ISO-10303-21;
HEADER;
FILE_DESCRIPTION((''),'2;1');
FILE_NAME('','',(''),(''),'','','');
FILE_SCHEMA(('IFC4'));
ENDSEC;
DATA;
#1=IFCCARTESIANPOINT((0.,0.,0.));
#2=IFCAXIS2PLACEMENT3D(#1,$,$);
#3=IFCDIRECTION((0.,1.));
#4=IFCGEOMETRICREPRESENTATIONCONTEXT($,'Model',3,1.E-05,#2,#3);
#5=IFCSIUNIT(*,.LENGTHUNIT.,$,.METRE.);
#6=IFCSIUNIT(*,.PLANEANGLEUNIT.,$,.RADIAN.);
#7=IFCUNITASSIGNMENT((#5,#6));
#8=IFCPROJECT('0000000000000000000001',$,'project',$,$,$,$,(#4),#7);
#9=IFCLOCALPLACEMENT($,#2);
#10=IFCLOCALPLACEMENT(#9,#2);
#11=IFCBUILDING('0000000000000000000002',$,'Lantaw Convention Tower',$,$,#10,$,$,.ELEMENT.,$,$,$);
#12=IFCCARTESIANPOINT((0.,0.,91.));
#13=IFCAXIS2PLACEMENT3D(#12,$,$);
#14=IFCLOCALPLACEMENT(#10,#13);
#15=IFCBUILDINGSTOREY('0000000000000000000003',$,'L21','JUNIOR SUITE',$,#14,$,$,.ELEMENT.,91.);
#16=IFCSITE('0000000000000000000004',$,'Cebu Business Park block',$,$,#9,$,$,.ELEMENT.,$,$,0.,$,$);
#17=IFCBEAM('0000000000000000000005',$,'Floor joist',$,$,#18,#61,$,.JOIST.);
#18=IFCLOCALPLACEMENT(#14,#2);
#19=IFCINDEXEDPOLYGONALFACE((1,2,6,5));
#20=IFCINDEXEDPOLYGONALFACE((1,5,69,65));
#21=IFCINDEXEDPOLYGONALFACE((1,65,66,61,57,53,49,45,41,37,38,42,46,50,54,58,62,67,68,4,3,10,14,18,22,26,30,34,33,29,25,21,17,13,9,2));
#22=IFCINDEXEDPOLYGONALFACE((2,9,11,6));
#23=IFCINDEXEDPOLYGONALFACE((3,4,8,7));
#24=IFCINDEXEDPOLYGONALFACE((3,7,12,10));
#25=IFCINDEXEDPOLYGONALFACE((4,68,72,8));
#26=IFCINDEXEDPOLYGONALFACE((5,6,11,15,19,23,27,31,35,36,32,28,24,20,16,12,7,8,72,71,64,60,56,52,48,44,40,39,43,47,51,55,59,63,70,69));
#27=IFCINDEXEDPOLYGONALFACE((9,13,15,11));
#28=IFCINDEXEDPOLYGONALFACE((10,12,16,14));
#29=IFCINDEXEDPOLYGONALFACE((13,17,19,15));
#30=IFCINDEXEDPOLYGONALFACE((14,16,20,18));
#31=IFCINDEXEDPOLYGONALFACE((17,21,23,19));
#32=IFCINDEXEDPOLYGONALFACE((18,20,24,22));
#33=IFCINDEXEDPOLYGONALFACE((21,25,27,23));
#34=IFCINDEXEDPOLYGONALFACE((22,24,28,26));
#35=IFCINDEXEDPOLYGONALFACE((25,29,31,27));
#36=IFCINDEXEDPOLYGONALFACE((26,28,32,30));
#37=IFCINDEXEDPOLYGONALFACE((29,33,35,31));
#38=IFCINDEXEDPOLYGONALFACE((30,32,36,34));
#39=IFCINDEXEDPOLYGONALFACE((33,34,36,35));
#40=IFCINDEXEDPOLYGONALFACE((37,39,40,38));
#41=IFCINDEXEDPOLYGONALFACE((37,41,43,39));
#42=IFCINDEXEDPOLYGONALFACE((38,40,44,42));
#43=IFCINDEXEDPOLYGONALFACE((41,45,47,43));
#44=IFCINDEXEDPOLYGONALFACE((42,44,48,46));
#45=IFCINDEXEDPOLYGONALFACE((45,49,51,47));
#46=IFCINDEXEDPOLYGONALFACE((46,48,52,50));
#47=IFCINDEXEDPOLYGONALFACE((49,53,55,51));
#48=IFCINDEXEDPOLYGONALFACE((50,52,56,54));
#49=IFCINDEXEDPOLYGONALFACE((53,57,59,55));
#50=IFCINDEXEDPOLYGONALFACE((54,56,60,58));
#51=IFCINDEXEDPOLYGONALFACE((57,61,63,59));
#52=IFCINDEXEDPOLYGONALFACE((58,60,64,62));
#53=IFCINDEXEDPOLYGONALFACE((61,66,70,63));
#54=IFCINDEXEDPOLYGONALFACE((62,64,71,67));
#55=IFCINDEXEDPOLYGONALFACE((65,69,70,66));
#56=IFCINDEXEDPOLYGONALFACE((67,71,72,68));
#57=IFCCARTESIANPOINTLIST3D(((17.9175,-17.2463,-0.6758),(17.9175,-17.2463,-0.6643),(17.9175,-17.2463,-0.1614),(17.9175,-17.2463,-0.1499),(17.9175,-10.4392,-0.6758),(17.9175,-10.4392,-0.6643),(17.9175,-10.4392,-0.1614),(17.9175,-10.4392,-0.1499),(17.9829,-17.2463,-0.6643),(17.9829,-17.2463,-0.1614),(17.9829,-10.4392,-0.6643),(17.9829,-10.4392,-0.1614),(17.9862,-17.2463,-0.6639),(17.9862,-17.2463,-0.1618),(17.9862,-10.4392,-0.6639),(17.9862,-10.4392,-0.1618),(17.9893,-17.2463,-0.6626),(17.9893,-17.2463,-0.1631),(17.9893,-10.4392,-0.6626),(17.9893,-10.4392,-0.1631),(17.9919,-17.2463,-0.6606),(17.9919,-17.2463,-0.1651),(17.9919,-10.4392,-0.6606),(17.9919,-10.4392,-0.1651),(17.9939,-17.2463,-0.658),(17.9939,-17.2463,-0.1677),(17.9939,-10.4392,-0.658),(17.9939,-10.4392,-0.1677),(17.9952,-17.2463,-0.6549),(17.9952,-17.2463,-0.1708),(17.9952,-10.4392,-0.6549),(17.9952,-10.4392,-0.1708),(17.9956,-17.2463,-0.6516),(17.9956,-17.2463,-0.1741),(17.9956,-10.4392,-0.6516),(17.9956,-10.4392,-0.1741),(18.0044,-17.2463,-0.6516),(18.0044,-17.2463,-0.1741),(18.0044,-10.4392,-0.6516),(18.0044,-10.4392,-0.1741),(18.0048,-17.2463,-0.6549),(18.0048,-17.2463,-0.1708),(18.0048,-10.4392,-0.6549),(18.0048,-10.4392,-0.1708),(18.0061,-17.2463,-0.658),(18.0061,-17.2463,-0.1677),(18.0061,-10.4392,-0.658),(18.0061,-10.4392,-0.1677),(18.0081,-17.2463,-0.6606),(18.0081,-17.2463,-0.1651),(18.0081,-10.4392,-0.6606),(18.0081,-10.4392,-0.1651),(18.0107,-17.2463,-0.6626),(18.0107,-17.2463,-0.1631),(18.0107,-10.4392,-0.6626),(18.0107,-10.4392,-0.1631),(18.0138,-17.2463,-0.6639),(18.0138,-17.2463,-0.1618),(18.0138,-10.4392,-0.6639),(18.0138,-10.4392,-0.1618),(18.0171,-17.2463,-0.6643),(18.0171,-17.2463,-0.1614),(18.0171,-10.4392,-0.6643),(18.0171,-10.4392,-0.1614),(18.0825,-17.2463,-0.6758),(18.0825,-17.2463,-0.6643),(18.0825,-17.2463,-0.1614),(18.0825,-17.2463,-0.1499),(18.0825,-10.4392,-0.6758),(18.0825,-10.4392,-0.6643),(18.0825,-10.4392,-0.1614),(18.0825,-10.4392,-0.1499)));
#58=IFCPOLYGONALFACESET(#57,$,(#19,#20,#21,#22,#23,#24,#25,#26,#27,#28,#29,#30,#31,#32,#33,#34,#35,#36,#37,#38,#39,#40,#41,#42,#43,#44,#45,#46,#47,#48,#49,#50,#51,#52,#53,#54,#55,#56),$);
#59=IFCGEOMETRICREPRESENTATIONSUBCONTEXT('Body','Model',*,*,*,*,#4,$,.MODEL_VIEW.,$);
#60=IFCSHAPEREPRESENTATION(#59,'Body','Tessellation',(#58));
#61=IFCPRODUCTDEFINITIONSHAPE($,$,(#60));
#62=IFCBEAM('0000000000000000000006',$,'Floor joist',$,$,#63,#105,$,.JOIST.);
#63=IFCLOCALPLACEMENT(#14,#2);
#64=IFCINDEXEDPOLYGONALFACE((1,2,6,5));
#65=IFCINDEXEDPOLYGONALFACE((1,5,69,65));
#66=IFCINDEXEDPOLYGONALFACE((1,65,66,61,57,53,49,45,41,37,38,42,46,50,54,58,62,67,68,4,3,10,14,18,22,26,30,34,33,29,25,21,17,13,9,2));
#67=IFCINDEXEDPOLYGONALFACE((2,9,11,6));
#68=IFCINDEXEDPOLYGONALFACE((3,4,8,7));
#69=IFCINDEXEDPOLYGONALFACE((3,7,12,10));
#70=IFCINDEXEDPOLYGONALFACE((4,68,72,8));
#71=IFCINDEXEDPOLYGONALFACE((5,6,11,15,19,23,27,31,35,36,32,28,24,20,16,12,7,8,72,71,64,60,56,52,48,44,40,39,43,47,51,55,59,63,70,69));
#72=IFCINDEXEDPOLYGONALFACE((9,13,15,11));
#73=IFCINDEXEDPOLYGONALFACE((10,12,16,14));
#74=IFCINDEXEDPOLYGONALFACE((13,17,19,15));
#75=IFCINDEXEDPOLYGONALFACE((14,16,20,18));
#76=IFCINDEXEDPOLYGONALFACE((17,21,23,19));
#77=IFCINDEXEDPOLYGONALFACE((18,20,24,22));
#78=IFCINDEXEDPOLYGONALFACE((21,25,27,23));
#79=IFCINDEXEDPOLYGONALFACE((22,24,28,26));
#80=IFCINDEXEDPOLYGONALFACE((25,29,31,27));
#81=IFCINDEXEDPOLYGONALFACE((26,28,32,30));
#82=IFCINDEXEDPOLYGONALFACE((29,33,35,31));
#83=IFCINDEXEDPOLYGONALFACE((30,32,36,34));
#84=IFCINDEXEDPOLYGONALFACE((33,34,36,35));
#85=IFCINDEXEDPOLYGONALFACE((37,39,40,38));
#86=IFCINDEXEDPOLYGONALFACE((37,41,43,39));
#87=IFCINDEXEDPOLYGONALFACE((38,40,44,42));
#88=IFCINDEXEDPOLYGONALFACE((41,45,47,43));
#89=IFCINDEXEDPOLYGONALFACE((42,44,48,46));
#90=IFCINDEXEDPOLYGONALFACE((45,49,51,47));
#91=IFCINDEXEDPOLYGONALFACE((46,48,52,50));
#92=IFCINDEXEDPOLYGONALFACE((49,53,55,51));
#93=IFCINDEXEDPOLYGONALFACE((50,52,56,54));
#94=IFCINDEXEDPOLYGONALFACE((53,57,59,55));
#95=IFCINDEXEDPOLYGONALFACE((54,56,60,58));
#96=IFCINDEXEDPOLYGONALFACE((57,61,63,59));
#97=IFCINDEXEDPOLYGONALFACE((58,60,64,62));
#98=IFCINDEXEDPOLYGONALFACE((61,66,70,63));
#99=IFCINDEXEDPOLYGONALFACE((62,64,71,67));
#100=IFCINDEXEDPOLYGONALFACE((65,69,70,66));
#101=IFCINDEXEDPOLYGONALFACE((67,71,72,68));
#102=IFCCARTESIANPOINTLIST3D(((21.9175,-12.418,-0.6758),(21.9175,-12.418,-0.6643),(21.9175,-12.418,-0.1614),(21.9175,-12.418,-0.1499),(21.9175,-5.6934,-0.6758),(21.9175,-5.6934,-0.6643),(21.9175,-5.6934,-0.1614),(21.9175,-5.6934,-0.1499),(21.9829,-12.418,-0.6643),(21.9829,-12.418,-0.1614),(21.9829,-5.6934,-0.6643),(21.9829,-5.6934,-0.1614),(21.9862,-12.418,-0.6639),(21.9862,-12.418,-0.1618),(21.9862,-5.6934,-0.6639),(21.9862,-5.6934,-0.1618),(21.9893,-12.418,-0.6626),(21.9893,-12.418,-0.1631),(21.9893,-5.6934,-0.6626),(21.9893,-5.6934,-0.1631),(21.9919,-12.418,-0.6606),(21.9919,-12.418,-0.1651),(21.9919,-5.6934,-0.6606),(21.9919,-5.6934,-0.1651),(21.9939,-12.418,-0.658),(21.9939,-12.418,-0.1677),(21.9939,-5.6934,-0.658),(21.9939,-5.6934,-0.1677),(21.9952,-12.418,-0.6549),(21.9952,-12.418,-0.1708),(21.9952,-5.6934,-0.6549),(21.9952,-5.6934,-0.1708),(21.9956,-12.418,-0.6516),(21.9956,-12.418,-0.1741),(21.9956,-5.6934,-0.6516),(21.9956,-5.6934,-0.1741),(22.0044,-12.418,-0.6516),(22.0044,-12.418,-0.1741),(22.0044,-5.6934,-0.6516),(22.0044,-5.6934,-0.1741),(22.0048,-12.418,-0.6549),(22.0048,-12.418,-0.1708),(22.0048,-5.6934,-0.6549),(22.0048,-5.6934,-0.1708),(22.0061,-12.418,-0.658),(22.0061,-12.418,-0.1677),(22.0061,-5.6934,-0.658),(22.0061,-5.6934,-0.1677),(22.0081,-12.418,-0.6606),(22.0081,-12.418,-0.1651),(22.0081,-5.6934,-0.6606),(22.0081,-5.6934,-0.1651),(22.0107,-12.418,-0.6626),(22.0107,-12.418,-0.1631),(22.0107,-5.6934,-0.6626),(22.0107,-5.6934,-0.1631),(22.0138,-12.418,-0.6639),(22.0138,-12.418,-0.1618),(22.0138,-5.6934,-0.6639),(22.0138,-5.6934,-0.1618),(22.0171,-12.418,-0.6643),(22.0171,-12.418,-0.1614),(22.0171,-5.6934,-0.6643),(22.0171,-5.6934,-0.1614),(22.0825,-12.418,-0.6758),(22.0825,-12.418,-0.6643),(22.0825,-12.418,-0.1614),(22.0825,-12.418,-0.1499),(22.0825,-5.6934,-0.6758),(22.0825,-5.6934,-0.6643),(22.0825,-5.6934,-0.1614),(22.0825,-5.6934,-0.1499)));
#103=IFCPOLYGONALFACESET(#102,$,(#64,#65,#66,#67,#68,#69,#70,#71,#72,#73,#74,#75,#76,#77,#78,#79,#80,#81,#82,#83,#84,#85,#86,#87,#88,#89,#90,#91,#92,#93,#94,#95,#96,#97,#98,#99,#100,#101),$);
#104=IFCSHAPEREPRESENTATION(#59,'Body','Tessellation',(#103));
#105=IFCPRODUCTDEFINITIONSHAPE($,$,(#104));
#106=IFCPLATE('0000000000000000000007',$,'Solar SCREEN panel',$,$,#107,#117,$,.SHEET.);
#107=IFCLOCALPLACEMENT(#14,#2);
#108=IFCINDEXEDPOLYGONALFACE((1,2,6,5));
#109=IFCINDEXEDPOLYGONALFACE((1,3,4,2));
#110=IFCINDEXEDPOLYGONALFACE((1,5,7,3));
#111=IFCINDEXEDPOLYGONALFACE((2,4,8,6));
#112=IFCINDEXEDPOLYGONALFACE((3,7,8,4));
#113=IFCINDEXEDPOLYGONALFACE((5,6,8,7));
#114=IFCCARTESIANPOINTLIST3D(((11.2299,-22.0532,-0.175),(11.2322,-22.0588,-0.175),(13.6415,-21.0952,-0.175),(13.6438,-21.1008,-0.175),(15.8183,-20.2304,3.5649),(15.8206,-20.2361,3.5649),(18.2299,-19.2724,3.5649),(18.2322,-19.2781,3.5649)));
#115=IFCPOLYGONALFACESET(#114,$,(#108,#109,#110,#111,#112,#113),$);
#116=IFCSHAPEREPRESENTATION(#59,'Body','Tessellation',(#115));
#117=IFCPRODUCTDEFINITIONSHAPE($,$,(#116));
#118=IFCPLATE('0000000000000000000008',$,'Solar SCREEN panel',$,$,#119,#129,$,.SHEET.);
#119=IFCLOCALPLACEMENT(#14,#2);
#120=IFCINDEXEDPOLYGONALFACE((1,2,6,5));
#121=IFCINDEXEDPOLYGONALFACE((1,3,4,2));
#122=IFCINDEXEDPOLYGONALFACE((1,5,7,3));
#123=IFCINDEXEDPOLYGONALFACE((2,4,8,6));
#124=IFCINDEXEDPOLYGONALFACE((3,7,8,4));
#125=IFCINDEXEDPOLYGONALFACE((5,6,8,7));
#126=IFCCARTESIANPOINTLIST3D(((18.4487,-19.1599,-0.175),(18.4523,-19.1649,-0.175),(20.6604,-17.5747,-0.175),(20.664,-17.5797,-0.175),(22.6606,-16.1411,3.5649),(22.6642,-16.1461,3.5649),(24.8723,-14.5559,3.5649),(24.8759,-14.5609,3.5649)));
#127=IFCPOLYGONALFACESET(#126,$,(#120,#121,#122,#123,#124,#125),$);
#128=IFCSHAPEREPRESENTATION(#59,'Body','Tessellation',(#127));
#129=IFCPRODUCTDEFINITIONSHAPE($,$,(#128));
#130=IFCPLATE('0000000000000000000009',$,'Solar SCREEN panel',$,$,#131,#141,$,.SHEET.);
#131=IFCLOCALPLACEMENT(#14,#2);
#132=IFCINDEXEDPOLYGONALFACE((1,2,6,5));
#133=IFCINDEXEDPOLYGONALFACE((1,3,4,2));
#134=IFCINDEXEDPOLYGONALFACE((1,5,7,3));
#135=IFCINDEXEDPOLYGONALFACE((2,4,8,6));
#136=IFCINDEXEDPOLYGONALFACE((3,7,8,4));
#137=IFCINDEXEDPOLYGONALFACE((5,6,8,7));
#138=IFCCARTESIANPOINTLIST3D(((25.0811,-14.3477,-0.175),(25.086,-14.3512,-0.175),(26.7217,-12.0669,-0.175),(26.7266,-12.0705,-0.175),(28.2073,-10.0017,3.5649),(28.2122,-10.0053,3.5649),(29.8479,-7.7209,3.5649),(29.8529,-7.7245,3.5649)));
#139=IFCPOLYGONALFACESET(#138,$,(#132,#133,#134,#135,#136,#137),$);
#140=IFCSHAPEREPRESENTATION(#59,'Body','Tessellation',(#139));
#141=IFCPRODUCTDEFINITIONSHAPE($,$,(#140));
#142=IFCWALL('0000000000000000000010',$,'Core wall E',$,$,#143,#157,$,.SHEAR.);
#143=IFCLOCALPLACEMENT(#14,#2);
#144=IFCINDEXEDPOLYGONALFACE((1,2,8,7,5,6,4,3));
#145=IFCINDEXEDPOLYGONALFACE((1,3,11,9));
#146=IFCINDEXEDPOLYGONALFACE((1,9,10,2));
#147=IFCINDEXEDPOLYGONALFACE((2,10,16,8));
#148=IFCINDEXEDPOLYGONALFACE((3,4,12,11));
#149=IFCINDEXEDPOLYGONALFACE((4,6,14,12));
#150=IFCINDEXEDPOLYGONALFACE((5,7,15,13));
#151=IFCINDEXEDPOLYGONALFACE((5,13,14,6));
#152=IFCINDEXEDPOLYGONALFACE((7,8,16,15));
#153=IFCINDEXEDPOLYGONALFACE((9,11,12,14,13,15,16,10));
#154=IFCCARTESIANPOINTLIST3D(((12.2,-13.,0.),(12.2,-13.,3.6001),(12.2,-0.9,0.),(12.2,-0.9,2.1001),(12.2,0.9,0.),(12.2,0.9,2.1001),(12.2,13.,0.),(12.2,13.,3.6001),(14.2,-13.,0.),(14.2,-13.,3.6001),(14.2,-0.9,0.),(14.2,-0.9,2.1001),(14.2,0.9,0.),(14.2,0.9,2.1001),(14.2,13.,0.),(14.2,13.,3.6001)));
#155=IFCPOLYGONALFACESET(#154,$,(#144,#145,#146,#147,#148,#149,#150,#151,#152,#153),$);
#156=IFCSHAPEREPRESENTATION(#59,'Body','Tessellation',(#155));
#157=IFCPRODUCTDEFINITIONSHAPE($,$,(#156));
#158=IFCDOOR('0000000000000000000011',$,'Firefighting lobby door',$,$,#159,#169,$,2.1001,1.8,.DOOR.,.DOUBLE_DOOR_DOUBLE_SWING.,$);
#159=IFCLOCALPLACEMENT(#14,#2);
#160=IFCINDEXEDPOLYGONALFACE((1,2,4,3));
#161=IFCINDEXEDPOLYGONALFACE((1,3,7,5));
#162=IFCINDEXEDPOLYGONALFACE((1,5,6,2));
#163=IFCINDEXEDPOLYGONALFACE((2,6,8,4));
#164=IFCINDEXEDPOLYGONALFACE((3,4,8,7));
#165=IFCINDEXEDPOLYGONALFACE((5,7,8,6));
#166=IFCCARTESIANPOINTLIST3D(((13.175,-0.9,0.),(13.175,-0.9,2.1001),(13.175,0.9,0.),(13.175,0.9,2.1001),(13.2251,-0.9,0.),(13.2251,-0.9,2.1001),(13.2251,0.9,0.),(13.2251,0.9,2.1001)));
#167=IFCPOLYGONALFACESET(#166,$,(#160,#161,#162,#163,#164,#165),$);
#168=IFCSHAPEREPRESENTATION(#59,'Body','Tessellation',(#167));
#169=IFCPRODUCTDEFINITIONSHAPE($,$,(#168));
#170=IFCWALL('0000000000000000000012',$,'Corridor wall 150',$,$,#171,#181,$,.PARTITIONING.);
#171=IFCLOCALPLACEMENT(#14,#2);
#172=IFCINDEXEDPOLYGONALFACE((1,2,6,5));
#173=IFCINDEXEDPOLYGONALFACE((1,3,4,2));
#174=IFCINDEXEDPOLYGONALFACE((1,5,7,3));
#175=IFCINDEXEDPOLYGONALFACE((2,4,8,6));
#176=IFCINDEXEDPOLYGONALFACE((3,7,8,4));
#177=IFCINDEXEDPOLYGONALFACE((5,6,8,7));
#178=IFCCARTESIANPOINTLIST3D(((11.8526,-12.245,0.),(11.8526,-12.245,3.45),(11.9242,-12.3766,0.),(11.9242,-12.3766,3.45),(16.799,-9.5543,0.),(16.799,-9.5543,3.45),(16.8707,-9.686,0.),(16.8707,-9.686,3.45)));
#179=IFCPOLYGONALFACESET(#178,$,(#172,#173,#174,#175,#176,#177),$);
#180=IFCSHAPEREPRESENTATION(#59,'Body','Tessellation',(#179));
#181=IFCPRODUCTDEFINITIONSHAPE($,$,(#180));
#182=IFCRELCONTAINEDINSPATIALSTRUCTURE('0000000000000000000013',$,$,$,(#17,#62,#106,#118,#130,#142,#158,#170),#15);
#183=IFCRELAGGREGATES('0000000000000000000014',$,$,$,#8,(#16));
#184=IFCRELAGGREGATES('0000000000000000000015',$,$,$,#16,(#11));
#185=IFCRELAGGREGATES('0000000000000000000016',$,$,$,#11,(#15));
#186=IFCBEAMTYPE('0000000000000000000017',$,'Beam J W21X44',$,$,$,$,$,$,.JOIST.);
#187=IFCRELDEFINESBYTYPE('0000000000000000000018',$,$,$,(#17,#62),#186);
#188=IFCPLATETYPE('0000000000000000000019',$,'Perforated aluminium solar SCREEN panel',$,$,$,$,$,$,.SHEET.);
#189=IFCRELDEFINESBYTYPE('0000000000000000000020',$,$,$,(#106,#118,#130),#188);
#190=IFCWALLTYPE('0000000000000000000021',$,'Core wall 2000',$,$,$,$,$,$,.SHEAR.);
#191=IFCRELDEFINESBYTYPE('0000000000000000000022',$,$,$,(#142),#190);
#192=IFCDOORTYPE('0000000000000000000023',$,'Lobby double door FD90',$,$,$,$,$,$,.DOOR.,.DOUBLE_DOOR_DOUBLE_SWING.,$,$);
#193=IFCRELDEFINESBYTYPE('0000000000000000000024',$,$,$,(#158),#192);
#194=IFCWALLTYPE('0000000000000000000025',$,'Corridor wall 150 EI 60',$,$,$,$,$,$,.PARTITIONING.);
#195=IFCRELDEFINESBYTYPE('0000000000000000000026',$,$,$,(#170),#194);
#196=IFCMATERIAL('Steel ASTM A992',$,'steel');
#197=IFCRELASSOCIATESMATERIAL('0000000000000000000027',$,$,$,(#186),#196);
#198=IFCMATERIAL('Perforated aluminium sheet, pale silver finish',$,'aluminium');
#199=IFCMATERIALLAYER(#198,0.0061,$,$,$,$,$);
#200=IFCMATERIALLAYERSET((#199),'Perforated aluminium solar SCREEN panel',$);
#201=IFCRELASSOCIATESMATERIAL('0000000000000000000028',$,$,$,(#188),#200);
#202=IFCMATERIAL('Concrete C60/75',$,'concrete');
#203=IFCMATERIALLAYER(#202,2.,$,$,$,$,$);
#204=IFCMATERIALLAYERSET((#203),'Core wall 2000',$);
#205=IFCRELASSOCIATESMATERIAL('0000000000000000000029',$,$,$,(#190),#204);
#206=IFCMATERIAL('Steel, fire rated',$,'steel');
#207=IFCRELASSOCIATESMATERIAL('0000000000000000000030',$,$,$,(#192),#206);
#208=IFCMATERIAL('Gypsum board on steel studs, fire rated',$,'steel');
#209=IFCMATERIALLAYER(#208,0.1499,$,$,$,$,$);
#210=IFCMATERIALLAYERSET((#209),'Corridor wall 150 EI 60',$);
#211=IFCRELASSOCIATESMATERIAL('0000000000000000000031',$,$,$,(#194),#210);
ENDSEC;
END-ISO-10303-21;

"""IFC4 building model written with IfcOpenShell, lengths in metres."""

from ifc_helpers import new_model, si_unit, direction, frame, frame_2d, origin, origin_2d, place, context, subcontext, project, spatial, polyline, rectangle, i_section, outline, extrude, material, layer, layer_set, material_profile, profile_set, type_object, element, fill, save


model = new_model("IFC4")

# Units and contexts
model_context = context("Model", 3, precision=1e-05, world=origin(), true_north=direction((0.0, 1.0)))
body_context = subcontext(model_context, "Body", "Model", "MODEL_VIEW")
ifc_project = project(units=[si_unit("LENGTHUNIT", "METRE"), si_unit("PLANEANGLEUNIT", "RADIAN")], contexts=[model_context])

# Site, building, storey
site_placement = place(None, origin())
site = spatial("IfcSite", under=ifc_project, at=site_placement, Name="Cebu Business Park block", CompositionType="ELEMENT", RefElevation=0.0)
building_placement = place(site_placement, origin())
building = spatial("IfcBuilding", under=site, at=building_placement, Name="Lantaw Convention Tower", CompositionType="ELEMENT")
storey_placement = place(building_placement, frame((0.0, 0.0, 91.0)))
storey = spatial("IfcBuildingStorey", under=building, at=storey_placement, Name="L21", Description="JUNIOR SUITE", CompositionType="ELEMENT", Elevation=91.0)

# Shared definitions
ifc_material_1 = material(Name="Concrete C60/75", Category="concrete")

# Beams
ifc_material_2 = material(Name="Steel ASTM A992", Category="steel")
ifc_material_profile_1 = material_profile(ifc_material_2, i_section(OverallWidth=0.165, OverallDepth=0.5259, WebThickness=0.0088, FlangeThickness=0.0115, FilletRadius=0.0127, at=origin_2d()), Name="W21X44")
ifc_profile_set_1 = profile_set([ifc_material_profile_1], Name="Steel ASTM A992")
beam_type_1 = type_object("IfcBeamType", Name="Beam J W21X44", PredefinedType="JOIST", material=ifc_profile_set_1)
beam_1_placement = place(storey_placement, frame((18.0, -17.2463, -0.4128), z_axis=(0.0, 1.0, 0.0), x_axis=(-1.0, 0.0, 0.0)))
element("IfcBeam", 1, at=beam_1_placement, inside=storey, type_object=beam_type_1, Name="Floor joist", PredefinedType="JOIST", context=body_context, shape_type="SweptSolid", body=[
    extrude(i_section(OverallWidth=0.165, OverallDepth=0.5259, WebThickness=0.0088, FlangeThickness=0.0115, FilletRadius=0.0127, at=origin_2d()), origin(), (0.0, 0.0, 1.0), 6.8071),
])
beam_2_placement = place(storey_placement, frame((22.0, -12.418, -0.4128), z_axis=(0.0, 1.0, 0.0), x_axis=(-1.0, 0.0, 0.0)))
element("IfcBeam", 2, at=beam_2_placement, inside=storey, type_object=beam_type_1, Name="Floor joist", PredefinedType="JOIST", context=body_context, shape_type="SweptSolid", body=[
    extrude(i_section(OverallWidth=0.165, OverallDepth=0.5259, WebThickness=0.0088, FlangeThickness=0.0115, FilletRadius=0.0127, at=origin_2d()), origin(), (0.0, 0.0, 1.0), 6.7246),
])

# Plates
ifc_material_3 = material(Name="Perforated aluminium sheet, pale silver finish", Category="aluminium")
ifc_layer_1 = layer(ifc_material_3, 0.0061)
ifc_layer_set_1 = layer_set([ifc_layer_1], Name="Perforated aluminium solar SCREEN panel")
plate_type = type_object("IfcPlateType", Name="Perforated aluminium solar SCREEN panel", PredefinedType="SHEET", material=ifc_layer_set_1)
plate_1_placement = place(storey_placement, frame((11.2322, -22.0588, -0.175), z_axis=(0.369184, -0.929357, 0.000009), x_axis=(0.929357, 0.369184, 0.0)))
element("IfcPlate", 3, at=plate_1_placement, inside=storey, type_object=plate_type, Name="Solar SCREEN panel", PredefinedType="SHEET", context=body_context, shape_type="SweptSolid", body=[
    extrude(outline(polyline([(0.0, 0.0), (2.5949, 0.0), (7.5321, 3.74), (4.9372, 3.74), (0.0, 0.0)])), origin(), (0.0, 0.0, -1.0), 0.0061),
])
plate_2_placement = place(storey_placement, frame((18.4487, -19.1599, -0.175), z_axis=(-0.582561, 0.812787, 0.000016), x_axis=(0.812787, 0.582561, 0.0)))
element("IfcPlate", 4, at=plate_2_placement, inside=storey, type_object=plate_type, Name="Solar SCREEN panel", PredefinedType="SHEET", context=body_context, shape_type="SweptSolid", body=[
    extrude(outline(polyline([(0.0, 0.0), (2.7211, 0.0), (7.9031, -3.74), (5.182, -3.74), (0.0, 0.0)])), origin(), (0.0, 0.0, -1.0), 0.0061),
])
plate_3_placement = place(storey_placement, frame((25.0811, -14.3477, -0.175), z_axis=(-0.811791, 0.583948, 0.000009), x_axis=(0.583948, 0.811791, 0.0)))
element("IfcPlate", 5, at=plate_3_placement, inside=storey, type_object=plate_type, Name="Solar SCREEN panel", PredefinedType="SHEET", context=body_context, shape_type="SweptSolid", body=[
    extrude(outline(polyline([(0.0, 0.0), (2.8095, 0.0), (8.1631, -3.74), (5.3536, -3.74), (0.0, 0.0)])), origin(), (0.0, 0.0, -1.0), 0.0061),
])

# Wall, opening, door
ifc_layer_2 = layer(ifc_material_1, 2.0)
ifc_layer_set_2 = layer_set([ifc_layer_2], Name="Core wall 2000")
wall_type_1 = type_object("IfcWallType", Name="Core wall 2000", PredefinedType="SHEAR", material=ifc_layer_set_2)
wall_1_placement = place(storey_placement, frame((13.2, -13.0, 0.0), z_axis=(0.0, 0.0, 1.0), x_axis=(0.0, 1.0, 0.0)))
wall_1 = element("IfcWall", 6, at=wall_1_placement, inside=storey, type_object=wall_type_1, Name="Core wall E", PredefinedType="SHEAR", context=body_context, shape_type="SweptSolid", body=[
    extrude(rectangle(XDim=26.0, YDim=2.0, at=frame_2d((13.0, 0.0))), origin(), (0.0, 0.0, 1.0), 3.6001),
])
opening_1_placement = place(wall_1_placement, frame((12.1001, 0.0, 0.0)))
opening_1 = element("IfcOpeningElement", 7, at=opening_1_placement, cuts=wall_1, PredefinedType="OPENING", context=body_context, shape_type="SweptSolid", body=[
    extrude(rectangle(XDim=1.8, YDim=2.1001, at=frame_2d((0.8999, 1.05))), frame((0.0, 1.01, 0.0), z_axis=(0.0, -1.0, 0.0), x_axis=(1.0, 0.0, 0.0)), (0.0, 0.0, 1.0), 2.02),
])
ifc_material_4 = material(Name="Steel, fire rated", Category="steel")
door_type = type_object("IfcDoorType", Name="Lobby double door FD90", OperationType="DOUBLE_DOOR_DOUBLE_SWING", PredefinedType="DOOR", material=ifc_material_4)
door_placement = place(opening_1_placement, origin())
door = element("IfcDoor", 8, at=door_placement, inside=storey, type_object=door_type, Name="Firefighting lobby door", OperationType="DOUBLE_DOOR_DOUBLE_SWING", OverallHeight=2.1001, OverallWidth=1.8, PredefinedType="DOOR", context=body_context, shape_type="SweptSolid", body=[
    extrude(rectangle(XDim=1.8, YDim=2.1001, at=frame_2d((0.8999, 1.05))), frame((0.0, 0.0249, 0.0), z_axis=(0.0, -1.0, 0.0), x_axis=(1.0, 0.0, 0.0)), (0.0, 0.0, 1.0), 0.05),
])
fill(opening_1, door)

# Wall
ifc_material_5 = material(Name="Gypsum board on steel studs, fire rated", Category="steel")
ifc_layer_3 = layer(ifc_material_5, 0.1499)
ifc_layer_set_3 = layer_set([ifc_layer_3], Name="Corridor wall 150 EI 60")
wall_type_2 = type_object("IfcWallType", Name="Corridor wall 150 EI 60", PredefinedType="PARTITIONING", material=ifc_layer_set_3)
wall_2_placement = place(storey_placement, frame((11.8884, -12.3108, 0.0), z_axis=(0.0, 0.0, 1.0), x_axis=(0.87845, 0.477834, 0.0)))
element("IfcWall", 9, at=wall_2_placement, inside=storey, type_object=wall_type_2, Name="Corridor wall 150", PredefinedType="PARTITIONING", context=body_context, shape_type="SweptSolid", body=[
    extrude(rectangle(XDim=5.6309, YDim=0.1499, at=frame_2d((2.8154, 0.0))), origin(), (0.0, 0.0, 1.0), 3.45),
])

save(model, "model.ifc")
